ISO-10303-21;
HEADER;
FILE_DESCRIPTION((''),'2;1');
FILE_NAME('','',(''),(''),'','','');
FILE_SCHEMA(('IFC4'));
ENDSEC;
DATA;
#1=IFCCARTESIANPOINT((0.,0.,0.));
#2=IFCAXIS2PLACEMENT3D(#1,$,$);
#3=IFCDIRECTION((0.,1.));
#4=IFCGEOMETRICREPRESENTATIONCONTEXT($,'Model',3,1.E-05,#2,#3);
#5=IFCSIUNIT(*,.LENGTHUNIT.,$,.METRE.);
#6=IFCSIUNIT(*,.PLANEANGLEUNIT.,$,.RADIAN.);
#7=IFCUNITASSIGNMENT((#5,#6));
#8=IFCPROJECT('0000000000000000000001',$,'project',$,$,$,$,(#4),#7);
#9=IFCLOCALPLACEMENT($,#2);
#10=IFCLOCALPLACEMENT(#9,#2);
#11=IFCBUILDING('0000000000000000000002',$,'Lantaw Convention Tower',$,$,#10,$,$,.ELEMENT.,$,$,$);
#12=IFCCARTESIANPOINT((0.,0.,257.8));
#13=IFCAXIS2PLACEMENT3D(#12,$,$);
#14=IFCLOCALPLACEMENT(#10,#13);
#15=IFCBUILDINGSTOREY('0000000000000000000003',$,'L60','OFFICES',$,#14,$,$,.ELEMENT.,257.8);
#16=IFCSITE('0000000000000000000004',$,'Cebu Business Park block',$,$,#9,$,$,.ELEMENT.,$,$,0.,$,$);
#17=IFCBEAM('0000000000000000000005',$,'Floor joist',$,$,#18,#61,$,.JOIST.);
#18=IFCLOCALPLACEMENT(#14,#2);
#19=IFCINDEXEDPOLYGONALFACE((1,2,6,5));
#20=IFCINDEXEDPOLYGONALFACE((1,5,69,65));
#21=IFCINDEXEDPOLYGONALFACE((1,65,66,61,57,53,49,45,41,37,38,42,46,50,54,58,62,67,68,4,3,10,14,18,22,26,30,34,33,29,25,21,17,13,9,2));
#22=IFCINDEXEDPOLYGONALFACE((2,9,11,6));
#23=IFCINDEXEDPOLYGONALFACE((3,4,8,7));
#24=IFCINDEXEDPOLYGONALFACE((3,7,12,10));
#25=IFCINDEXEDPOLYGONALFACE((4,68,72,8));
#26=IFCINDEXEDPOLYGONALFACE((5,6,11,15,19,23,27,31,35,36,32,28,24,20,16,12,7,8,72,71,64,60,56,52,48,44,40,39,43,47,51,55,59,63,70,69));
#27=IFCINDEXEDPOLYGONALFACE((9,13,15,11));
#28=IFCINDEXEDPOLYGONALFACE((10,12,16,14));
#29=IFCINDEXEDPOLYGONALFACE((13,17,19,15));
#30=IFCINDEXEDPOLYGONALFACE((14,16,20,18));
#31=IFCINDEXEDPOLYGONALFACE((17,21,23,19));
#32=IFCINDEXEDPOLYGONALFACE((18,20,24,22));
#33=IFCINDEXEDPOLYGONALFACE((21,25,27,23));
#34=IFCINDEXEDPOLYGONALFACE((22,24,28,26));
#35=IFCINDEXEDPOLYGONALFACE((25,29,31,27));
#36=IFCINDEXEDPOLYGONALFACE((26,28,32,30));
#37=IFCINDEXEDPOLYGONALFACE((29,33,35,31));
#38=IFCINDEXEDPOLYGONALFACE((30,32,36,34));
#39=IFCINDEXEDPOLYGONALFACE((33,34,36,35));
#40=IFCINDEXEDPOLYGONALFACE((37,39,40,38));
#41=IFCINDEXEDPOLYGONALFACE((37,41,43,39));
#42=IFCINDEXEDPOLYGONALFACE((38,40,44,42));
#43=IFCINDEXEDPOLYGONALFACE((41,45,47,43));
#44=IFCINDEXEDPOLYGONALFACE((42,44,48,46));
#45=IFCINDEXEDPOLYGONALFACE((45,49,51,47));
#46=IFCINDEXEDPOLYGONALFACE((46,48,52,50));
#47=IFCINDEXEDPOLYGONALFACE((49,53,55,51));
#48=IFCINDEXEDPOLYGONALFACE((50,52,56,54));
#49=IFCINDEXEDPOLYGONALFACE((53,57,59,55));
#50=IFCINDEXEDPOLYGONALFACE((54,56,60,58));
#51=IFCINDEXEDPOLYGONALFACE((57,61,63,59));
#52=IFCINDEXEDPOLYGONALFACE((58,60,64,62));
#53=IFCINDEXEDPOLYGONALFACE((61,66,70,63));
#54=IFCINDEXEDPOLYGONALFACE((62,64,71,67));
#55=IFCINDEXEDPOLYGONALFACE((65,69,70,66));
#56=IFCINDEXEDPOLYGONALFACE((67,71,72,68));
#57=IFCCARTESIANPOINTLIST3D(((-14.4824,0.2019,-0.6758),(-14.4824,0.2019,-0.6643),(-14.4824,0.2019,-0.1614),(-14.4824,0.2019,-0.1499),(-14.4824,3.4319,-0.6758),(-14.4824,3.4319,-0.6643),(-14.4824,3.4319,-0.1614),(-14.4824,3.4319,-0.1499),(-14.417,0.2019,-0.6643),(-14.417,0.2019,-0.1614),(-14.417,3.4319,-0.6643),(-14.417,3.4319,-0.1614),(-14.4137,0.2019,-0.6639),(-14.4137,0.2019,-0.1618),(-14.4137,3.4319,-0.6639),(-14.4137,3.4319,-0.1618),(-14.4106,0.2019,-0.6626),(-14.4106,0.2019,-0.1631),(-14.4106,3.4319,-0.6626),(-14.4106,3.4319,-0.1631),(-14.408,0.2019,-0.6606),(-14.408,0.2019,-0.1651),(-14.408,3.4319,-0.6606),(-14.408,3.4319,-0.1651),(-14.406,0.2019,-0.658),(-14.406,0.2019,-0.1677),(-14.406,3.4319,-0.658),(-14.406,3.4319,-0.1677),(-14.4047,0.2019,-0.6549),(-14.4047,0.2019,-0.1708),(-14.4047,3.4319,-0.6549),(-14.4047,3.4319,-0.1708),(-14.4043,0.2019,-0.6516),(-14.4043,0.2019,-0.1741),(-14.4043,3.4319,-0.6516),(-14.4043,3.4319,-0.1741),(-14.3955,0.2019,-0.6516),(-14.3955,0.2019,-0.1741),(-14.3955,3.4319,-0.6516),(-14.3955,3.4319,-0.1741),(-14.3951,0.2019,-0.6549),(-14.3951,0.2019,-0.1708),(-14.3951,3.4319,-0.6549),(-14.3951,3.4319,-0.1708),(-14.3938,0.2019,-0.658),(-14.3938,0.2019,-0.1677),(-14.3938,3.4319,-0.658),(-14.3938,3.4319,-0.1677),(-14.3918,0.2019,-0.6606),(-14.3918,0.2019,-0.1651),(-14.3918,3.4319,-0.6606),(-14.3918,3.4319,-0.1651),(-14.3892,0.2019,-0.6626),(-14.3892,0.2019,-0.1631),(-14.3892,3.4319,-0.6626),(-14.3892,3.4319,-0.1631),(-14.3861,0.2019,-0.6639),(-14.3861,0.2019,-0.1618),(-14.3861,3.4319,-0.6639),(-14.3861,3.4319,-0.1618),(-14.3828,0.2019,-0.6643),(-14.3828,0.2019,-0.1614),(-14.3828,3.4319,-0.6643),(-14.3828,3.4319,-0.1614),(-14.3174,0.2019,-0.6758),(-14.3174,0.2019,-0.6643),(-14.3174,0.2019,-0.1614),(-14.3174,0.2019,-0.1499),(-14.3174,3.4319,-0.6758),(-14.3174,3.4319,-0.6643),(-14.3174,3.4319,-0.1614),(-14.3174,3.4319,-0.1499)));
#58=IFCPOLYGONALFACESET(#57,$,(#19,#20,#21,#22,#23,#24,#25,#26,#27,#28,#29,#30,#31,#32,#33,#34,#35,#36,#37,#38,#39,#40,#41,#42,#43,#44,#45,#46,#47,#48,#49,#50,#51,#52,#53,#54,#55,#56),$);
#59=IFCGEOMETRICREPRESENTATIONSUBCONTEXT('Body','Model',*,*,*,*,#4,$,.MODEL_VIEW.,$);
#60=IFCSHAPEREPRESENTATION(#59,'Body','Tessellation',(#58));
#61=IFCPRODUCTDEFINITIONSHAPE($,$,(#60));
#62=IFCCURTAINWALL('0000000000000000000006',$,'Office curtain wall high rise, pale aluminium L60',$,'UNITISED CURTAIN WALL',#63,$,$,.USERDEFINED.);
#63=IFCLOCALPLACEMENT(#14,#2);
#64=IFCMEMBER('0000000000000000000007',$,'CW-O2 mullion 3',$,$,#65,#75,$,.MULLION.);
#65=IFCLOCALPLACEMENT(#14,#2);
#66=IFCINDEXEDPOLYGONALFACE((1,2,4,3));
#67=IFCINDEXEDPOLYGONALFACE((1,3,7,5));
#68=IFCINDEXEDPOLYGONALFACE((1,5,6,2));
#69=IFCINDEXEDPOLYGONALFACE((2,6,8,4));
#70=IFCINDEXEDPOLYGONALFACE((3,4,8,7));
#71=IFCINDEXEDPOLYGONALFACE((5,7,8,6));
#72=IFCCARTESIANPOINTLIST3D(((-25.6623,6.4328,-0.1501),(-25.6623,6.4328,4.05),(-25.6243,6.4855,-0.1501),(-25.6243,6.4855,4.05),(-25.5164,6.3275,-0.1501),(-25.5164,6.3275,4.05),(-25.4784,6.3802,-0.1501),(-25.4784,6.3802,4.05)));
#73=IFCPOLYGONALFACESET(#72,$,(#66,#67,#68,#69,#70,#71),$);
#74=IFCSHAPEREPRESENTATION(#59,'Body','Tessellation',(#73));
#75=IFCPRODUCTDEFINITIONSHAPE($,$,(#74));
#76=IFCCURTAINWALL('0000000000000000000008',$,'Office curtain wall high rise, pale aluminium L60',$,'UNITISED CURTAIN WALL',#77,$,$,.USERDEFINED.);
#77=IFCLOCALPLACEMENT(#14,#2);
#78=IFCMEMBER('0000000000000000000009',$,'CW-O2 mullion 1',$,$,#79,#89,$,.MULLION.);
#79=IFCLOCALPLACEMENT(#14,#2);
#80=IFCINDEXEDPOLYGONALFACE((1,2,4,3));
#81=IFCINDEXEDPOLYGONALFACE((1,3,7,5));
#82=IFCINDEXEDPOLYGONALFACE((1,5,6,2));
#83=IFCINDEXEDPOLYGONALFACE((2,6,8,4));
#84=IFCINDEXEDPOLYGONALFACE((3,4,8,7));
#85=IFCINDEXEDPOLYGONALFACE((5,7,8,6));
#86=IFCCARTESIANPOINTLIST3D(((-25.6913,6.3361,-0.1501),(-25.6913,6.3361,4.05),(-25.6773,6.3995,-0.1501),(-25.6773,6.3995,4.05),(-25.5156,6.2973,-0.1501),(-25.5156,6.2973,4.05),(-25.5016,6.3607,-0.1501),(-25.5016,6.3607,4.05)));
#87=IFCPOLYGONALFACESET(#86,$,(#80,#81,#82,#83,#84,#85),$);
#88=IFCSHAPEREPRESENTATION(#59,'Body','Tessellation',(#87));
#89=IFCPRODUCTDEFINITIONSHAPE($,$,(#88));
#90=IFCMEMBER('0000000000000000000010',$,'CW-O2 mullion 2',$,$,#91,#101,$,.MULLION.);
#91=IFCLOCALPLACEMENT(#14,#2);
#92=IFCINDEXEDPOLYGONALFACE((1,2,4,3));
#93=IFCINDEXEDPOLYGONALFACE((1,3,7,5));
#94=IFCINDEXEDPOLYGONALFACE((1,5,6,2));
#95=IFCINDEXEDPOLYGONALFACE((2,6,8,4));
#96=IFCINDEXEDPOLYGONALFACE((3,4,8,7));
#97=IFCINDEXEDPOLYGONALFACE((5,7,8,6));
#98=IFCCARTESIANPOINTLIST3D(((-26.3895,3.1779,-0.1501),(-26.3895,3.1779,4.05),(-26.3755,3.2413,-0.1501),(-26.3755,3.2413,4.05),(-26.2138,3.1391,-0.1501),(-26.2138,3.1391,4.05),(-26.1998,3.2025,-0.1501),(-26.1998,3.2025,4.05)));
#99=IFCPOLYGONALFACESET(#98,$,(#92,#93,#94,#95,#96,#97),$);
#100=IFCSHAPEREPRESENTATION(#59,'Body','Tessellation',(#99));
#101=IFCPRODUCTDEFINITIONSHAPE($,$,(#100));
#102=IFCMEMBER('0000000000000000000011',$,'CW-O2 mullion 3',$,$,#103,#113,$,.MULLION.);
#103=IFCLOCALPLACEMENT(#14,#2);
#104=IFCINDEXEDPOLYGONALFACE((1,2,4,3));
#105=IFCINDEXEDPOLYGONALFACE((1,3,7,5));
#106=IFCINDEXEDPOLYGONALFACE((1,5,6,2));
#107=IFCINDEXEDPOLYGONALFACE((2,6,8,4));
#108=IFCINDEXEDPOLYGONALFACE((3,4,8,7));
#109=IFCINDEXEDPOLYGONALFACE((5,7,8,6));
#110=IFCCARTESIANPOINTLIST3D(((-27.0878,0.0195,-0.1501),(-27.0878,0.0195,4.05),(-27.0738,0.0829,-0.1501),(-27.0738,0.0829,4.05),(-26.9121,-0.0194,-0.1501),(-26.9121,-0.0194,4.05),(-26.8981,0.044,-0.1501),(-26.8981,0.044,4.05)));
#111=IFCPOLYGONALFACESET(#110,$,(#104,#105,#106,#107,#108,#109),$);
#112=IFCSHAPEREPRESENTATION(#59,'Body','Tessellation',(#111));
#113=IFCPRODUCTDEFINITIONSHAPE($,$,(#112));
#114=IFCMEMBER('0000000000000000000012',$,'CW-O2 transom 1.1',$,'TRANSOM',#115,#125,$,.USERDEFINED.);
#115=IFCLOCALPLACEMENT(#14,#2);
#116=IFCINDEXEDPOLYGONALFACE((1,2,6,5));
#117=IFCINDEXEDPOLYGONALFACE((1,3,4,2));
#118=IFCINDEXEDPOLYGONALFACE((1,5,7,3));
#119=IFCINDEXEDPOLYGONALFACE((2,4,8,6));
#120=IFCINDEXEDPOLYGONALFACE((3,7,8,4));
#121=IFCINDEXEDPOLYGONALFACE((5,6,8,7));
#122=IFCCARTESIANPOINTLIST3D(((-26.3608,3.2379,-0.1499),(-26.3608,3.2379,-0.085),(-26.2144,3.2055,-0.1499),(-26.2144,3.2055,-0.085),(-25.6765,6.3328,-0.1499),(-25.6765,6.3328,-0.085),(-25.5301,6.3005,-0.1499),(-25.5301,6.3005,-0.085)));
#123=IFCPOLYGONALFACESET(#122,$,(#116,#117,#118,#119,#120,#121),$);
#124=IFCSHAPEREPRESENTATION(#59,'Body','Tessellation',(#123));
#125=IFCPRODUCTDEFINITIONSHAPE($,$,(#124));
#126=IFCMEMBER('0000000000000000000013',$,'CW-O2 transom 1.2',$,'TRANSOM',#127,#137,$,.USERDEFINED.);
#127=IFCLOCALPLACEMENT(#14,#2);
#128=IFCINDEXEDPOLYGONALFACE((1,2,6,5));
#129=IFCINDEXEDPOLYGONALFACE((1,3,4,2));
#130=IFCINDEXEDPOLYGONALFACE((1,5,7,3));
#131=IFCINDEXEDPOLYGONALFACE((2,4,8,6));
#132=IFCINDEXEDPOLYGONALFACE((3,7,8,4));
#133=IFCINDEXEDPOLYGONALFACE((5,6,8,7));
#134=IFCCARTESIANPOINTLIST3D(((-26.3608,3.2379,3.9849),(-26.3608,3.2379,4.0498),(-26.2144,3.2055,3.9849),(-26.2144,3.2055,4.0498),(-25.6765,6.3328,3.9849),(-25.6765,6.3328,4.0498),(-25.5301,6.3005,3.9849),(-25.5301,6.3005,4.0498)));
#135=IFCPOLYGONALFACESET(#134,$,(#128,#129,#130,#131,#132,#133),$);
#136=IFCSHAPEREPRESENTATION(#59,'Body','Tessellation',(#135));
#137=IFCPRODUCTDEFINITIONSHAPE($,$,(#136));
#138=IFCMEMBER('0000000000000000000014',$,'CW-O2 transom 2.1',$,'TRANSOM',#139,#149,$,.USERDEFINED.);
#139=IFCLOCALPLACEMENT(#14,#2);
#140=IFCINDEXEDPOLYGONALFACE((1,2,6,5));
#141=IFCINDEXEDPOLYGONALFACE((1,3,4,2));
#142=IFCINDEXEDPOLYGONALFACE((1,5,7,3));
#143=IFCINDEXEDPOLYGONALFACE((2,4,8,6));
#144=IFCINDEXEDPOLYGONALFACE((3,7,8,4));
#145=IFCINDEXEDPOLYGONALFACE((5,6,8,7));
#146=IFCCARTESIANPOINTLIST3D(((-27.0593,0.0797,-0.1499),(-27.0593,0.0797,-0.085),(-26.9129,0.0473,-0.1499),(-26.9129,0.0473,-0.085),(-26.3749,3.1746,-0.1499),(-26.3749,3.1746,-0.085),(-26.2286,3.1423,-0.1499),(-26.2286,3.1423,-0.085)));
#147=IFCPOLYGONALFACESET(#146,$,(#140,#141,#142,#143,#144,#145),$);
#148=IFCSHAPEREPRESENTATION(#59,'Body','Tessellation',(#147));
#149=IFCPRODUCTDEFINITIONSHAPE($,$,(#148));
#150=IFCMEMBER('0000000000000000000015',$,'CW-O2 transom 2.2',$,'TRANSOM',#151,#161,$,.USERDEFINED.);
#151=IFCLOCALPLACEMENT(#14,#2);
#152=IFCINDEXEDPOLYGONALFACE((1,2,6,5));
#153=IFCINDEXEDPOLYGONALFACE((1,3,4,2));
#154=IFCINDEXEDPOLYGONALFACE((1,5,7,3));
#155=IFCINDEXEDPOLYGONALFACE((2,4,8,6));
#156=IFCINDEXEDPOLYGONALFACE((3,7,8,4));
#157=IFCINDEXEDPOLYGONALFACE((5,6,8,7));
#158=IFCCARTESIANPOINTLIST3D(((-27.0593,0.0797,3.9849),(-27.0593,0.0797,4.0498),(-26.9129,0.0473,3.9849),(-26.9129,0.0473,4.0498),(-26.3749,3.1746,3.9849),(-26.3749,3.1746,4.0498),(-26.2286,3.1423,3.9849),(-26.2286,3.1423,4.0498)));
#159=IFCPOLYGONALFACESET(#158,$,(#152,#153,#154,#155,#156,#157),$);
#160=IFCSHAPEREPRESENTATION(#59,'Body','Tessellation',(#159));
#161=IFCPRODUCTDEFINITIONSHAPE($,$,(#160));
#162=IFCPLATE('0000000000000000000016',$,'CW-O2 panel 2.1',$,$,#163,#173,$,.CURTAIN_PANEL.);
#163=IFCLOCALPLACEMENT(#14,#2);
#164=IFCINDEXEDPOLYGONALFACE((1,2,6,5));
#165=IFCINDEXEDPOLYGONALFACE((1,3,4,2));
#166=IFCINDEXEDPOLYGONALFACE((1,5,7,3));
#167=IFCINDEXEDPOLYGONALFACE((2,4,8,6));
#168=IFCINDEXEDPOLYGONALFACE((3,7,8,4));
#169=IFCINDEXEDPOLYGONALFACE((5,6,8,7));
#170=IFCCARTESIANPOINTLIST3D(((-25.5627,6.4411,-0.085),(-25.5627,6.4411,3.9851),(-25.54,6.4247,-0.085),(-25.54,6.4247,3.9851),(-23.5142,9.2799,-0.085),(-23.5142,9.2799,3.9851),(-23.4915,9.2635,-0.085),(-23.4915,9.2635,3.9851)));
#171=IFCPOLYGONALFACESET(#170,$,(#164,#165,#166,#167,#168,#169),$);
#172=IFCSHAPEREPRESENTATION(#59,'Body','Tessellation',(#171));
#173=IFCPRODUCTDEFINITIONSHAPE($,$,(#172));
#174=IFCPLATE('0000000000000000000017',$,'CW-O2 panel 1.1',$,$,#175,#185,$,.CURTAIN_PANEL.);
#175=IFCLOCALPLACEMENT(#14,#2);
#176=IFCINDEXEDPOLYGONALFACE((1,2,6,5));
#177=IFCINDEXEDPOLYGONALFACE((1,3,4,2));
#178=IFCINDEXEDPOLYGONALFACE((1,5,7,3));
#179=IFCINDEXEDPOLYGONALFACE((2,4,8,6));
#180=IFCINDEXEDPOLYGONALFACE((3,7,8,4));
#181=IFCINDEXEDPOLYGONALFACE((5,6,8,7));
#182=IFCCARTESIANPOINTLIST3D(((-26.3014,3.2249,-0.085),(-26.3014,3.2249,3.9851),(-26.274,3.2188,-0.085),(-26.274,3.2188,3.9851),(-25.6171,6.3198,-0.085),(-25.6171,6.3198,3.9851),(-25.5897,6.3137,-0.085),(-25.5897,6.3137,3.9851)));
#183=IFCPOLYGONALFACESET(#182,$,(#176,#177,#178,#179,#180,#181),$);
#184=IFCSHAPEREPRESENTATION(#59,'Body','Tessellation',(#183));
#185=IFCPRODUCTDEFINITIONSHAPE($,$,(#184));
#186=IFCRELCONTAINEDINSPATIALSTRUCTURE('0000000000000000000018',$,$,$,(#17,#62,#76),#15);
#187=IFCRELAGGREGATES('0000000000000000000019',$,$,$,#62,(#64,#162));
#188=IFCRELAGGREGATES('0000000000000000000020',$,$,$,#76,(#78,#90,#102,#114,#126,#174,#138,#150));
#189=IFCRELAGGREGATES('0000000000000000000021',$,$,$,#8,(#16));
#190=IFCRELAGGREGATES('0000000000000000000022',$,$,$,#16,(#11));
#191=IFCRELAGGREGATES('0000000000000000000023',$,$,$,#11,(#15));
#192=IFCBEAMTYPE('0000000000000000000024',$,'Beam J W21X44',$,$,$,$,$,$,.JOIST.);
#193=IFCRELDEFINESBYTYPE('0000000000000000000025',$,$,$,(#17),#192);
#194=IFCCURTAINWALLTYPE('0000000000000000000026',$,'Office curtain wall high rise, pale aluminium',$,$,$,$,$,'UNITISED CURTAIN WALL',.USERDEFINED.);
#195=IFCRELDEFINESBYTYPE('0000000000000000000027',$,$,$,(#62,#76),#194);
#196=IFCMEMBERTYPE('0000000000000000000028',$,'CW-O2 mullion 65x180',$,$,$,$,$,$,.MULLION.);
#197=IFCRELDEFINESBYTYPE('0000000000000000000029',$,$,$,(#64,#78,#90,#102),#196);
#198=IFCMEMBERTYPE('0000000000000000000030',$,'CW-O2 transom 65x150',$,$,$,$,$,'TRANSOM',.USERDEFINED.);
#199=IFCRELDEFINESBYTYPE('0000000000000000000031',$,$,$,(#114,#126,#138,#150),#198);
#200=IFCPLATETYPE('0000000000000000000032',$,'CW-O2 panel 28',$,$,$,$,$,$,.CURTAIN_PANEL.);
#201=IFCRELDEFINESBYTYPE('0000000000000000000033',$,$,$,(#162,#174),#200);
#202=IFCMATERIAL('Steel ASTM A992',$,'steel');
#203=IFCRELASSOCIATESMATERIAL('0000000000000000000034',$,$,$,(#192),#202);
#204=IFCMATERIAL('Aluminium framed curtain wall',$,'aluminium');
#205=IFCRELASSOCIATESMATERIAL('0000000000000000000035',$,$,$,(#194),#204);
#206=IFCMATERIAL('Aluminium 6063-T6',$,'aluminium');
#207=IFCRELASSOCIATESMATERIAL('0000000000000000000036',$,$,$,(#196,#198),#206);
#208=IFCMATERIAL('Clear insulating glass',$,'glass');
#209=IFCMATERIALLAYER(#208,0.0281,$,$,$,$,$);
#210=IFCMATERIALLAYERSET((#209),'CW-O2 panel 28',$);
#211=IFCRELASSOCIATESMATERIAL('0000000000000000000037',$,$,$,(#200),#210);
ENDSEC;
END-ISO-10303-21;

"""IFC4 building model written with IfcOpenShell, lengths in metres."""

from ifc_helpers import new_model, si_unit, direction, frame, origin, origin_2d, place, context, subcontext, project, spatial, rectangle, i_section, extrude, material, layer, layer_set, material_profile, profile_set, type_object, element, aggregate, save


model = new_model("IFC4")

# Units and contexts
model_context = context("Model", 3, precision=1e-05, world=origin(), true_north=direction((0.0, 1.0)))
body_context = subcontext(model_context, "Body", "Model", "MODEL_VIEW")
ifc_project = project(units=[si_unit("LENGTHUNIT", "METRE"), si_unit("PLANEANGLEUNIT", "RADIAN")], contexts=[model_context])

# Site, building, storey
site_placement = place(None, origin())
site = spatial("IfcSite", under=ifc_project, at=site_placement, Name="Cebu Business Park block", CompositionType="ELEMENT", RefElevation=0.0)
building_placement = place(site_placement, origin())
building = spatial("IfcBuilding", under=site, at=building_placement, Name="Lantaw Convention Tower", CompositionType="ELEMENT")
storey_placement = place(building_placement, frame((0.0, 0.0, 257.8)))
storey = spatial("IfcBuildingStorey", under=building, at=storey_placement, Name="L60", Description="OFFICES", CompositionType="ELEMENT", Elevation=257.8)

# Beam
ifc_material_1 = material(Name="Steel ASTM A992", Category="steel")
ifc_material_profile_1 = material_profile(ifc_material_1, i_section(OverallWidth=0.165, OverallDepth=0.5259, WebThickness=0.0088, FlangeThickness=0.0115, FilletRadius=0.0127, at=origin_2d()), Name="W21X44")
ifc_profile_set_1 = profile_set([ifc_material_profile_1], Name="Steel ASTM A992")
beam_type_1 = type_object("IfcBeamType", Name="Beam J W21X44", PredefinedType="JOIST", material=ifc_profile_set_1)
beam_1_placement = place(storey_placement, frame((-14.3999, 0.2019, -0.4128), z_axis=(0.0, 1.0, 0.0), x_axis=(-1.0, 0.0, 0.0)))
element("IfcBeam", 1, at=beam_1_placement, inside=storey, type_object=beam_type_1, Name="Floor joist", PredefinedType="JOIST", context=body_context, shape_type="SweptSolid", body=[
    extrude(i_section(OverallWidth=0.165, OverallDepth=0.5259, WebThickness=0.0088, FlangeThickness=0.0115, FilletRadius=0.0127, at=origin_2d()), origin(), (0.0, 0.0, 1.0), 3.23),
])

# Curtain wall, member
ifc_material_2 = material(Name="Aluminium framed curtain wall", Category="aluminium")
curtain_wall_type = type_object("IfcCurtainWallType", Name="Office curtain wall high rise, pale aluminium", ElementType="UNITISED CURTAIN WALL", PredefinedType="USERDEFINED", material=ifc_material_2)
curtain_wall_1_placement = place(storey_placement, origin())
curtain_wall_1 = element("IfcCurtainWall", 2, at=curtain_wall_1_placement, inside=storey, type_object=curtain_wall_type, Name="Office curtain wall high rise, pale aluminium L60", ObjectType="UNITISED CURTAIN WALL", PredefinedType="USERDEFINED")
ifc_material_3 = material(Name="Aluminium 6063-T6", Category="aluminium")
ifc_material_profile_2 = material_profile(ifc_material_3, rectangle(XDim=0.1799, YDim=0.0649, at=origin_2d()), Name="CW-O2 mullion 65x180")
ifc_profile_set_2 = profile_set([ifc_material_profile_2], Name="Aluminium 6063-T6")
member_type_1 = type_object("IfcMemberType", Name="CW-O2 mullion 65x180", PredefinedType="MULLION", material=ifc_profile_set_2)
member_1_placement = place(storey_placement, frame((-25.5703, 6.4065, -0.1501), z_axis=(0.0, 0.0, 1.0), x_axis=(0.81092, -0.585158, 0.0)))
member_1 = element("IfcMember", 3, at=member_1_placement, type_object=member_type_1, Name="CW-O2 mullion 3", PredefinedType="MULLION", context=body_context, shape_type="SweptSolid", body=[
    extrude(rectangle(XDim=0.1799, YDim=0.0649, at=origin_2d()), origin(), (0.0, 0.0, 1.0), 4.2002),
])

# Curtain wall, members
curtain_wall_2_placement = place(storey_placement, origin())
curtain_wall_2 = element("IfcCurtainWall", 4, at=curtain_wall_2_placement, inside=storey, type_object=curtain_wall_type, Name="Office curtain wall high rise, pale aluminium L60", ObjectType="UNITISED CURTAIN WALL", PredefinedType="USERDEFINED")
member_2_placement = place(storey_placement, frame((-25.5964, 6.3484, -0.1501), z_axis=(0.0, 0.0, 1.0), x_axis=(0.976417, -0.215891, 0.0)))
member_2 = element("IfcMember", 5, at=member_2_placement, type_object=member_type_1, Name="CW-O2 mullion 1", PredefinedType="MULLION", context=body_context, shape_type="SweptSolid", body=[
    extrude(rectangle(XDim=0.1799, YDim=0.0649, at=origin_2d()), origin(), (0.0, 0.0, 1.0), 4.2002),
])
member_3_placement = place(storey_placement, frame((-26.2947, 3.1902, -0.1501), z_axis=(0.0, 0.0, 1.0), x_axis=(0.976417, -0.215891, 0.0)))
member_3 = element("IfcMember", 6, at=member_3_placement, type_object=member_type_1, Name="CW-O2 mullion 2", PredefinedType="MULLION", context=body_context, shape_type="SweptSolid", body=[
    extrude(rectangle(XDim=0.1799, YDim=0.0649, at=origin_2d()), origin(), (0.0, 0.0, 1.0), 4.2002),
])
member_4_placement = place(storey_placement, frame((-26.9929, 0.0317, -0.1501), z_axis=(0.0, 0.0, 1.0), x_axis=(0.976417, -0.215891, 0.0)))
member_4 = element("IfcMember", 7, at=member_4_placement, type_object=member_type_1, Name="CW-O2 mullion 3", PredefinedType="MULLION", context=body_context, shape_type="SweptSolid", body=[
    extrude(rectangle(XDim=0.1799, YDim=0.0649, at=origin_2d()), origin(), (0.0, 0.0, 1.0), 4.2002),
])
ifc_material_profile_3 = material_profile(ifc_material_3, rectangle(XDim=0.1499, YDim=0.0649, at=origin_2d()), Name="CW-O2 transom 65x150")
ifc_profile_set_3 = profile_set([ifc_material_profile_3], Name="Aluminium 6063-T6")
member_type_2 = type_object("IfcMemberType", Name="CW-O2 transom 65x150", ElementType="TRANSOM", PredefinedType="USERDEFINED", material=ifc_profile_set_3)
member_5_placement = place(storey_placement, frame((-25.6033, 6.3167, -0.1174), z_axis=(-0.215895, -0.976417, 0.0), x_axis=(0.976417, -0.215895, 0.0)))
member_5 = element("IfcMember", 8, at=member_5_placement, type_object=member_type_2, Name="CW-O2 transom 1.1", ObjectType="TRANSOM", PredefinedType="USERDEFINED", context=body_context, shape_type="SweptSolid", body=[
    extrude(rectangle(XDim=0.1499, YDim=0.0649, at=origin_2d()), origin(), (0.0, 0.0, 1.0), 3.1697),
])
member_6_placement = place(storey_placement, frame((-25.6033, 6.3167, 4.0173), z_axis=(-0.215895, -0.976417, 0.0), x_axis=(0.976417, -0.215895, 0.0)))
member_6 = element("IfcMember", 9, at=member_6_placement, type_object=member_type_2, Name="CW-O2 transom 1.2", ObjectType="TRANSOM", PredefinedType="USERDEFINED", context=body_context, shape_type="SweptSolid", body=[
    extrude(rectangle(XDim=0.1499, YDim=0.0649, at=origin_2d()), origin(), (0.0, 0.0, 1.0), 3.1697),
])
member_7_placement = place(storey_placement, frame((-26.3018, 3.1584, -0.1174), z_axis=(-0.215895, -0.976417, 0.0), x_axis=(0.976417, -0.215895, 0.0)))
member_7 = element("IfcMember", 10, at=member_7_placement, type_object=member_type_2, Name="CW-O2 transom 2.1", ObjectType="TRANSOM", PredefinedType="USERDEFINED", context=body_context, shape_type="SweptSolid", body=[
    extrude(rectangle(XDim=0.1499, YDim=0.0649, at=origin_2d()), origin(), (0.0, 0.0, 1.0), 3.1697),
])
member_8_placement = place(storey_placement, frame((-26.3018, 3.1584, 4.0173), z_axis=(-0.215895, -0.976417, 0.0), x_axis=(0.976417, -0.215895, 0.0)))
member_8 = element("IfcMember", 11, at=member_8_placement, type_object=member_type_2, Name="CW-O2 transom 2.2", ObjectType="TRANSOM", PredefinedType="USERDEFINED", context=body_context, shape_type="SweptSolid", body=[
    extrude(rectangle(XDim=0.1499, YDim=0.0649, at=origin_2d()), origin(), (0.0, 0.0, 1.0), 3.1697),
])

# Plates
ifc_material_4 = material(Name="Clear insulating glass", Category="glass")
ifc_layer_1 = layer(ifc_material_4, 0.0281)
ifc_layer_set_1 = layer_set([ifc_layer_1], Name="CW-O2 panel 28")
plate_type_1 = type_object("IfcPlateType", Name="CW-O2 panel 28", PredefinedType="CURTAIN_PANEL", material=ifc_layer_set_1)
plate_1_placement = place(storey_placement, frame((-24.5271, 7.8523, -0.085), z_axis=(0.0, 0.0, 1.0), x_axis=(-0.585158, -0.81092, 0.0)))
plate_1 = element("IfcPlate", 12, at=plate_1_placement, type_object=plate_type_1, Name="CW-O2 panel 2.1", PredefinedType="CURTAIN_PANEL", context=body_context, shape_type="SweptSolid", body=[
    extrude(rectangle(XDim=3.5007, YDim=0.0281, at=origin_2d()), origin(), (0.0, 0.0, 1.0), 4.0701),
])
aggregate(curtain_wall_1, [member_1, plate_1])
plate_2_placement = place(storey_placement, frame((-25.9456, 4.7693, -0.085), z_axis=(0.0, 0.0, 1.0), x_axis=(-0.215891, -0.976417, 0.0)))
plate_2 = element("IfcPlate", 13, at=plate_2_placement, type_object=plate_type_1, Name="CW-O2 panel 1.1", PredefinedType="CURTAIN_PANEL", context=body_context, shape_type="SweptSolid", body=[
    extrude(rectangle(XDim=3.1697, YDim=0.0281, at=origin_2d()), origin(), (0.0, 0.0, 1.0), 4.0701),
])
aggregate(curtain_wall_2, [member_2, member_3, member_4, member_5, member_6, plate_2, member_7, member_8])

save(model, "model.ifc")
